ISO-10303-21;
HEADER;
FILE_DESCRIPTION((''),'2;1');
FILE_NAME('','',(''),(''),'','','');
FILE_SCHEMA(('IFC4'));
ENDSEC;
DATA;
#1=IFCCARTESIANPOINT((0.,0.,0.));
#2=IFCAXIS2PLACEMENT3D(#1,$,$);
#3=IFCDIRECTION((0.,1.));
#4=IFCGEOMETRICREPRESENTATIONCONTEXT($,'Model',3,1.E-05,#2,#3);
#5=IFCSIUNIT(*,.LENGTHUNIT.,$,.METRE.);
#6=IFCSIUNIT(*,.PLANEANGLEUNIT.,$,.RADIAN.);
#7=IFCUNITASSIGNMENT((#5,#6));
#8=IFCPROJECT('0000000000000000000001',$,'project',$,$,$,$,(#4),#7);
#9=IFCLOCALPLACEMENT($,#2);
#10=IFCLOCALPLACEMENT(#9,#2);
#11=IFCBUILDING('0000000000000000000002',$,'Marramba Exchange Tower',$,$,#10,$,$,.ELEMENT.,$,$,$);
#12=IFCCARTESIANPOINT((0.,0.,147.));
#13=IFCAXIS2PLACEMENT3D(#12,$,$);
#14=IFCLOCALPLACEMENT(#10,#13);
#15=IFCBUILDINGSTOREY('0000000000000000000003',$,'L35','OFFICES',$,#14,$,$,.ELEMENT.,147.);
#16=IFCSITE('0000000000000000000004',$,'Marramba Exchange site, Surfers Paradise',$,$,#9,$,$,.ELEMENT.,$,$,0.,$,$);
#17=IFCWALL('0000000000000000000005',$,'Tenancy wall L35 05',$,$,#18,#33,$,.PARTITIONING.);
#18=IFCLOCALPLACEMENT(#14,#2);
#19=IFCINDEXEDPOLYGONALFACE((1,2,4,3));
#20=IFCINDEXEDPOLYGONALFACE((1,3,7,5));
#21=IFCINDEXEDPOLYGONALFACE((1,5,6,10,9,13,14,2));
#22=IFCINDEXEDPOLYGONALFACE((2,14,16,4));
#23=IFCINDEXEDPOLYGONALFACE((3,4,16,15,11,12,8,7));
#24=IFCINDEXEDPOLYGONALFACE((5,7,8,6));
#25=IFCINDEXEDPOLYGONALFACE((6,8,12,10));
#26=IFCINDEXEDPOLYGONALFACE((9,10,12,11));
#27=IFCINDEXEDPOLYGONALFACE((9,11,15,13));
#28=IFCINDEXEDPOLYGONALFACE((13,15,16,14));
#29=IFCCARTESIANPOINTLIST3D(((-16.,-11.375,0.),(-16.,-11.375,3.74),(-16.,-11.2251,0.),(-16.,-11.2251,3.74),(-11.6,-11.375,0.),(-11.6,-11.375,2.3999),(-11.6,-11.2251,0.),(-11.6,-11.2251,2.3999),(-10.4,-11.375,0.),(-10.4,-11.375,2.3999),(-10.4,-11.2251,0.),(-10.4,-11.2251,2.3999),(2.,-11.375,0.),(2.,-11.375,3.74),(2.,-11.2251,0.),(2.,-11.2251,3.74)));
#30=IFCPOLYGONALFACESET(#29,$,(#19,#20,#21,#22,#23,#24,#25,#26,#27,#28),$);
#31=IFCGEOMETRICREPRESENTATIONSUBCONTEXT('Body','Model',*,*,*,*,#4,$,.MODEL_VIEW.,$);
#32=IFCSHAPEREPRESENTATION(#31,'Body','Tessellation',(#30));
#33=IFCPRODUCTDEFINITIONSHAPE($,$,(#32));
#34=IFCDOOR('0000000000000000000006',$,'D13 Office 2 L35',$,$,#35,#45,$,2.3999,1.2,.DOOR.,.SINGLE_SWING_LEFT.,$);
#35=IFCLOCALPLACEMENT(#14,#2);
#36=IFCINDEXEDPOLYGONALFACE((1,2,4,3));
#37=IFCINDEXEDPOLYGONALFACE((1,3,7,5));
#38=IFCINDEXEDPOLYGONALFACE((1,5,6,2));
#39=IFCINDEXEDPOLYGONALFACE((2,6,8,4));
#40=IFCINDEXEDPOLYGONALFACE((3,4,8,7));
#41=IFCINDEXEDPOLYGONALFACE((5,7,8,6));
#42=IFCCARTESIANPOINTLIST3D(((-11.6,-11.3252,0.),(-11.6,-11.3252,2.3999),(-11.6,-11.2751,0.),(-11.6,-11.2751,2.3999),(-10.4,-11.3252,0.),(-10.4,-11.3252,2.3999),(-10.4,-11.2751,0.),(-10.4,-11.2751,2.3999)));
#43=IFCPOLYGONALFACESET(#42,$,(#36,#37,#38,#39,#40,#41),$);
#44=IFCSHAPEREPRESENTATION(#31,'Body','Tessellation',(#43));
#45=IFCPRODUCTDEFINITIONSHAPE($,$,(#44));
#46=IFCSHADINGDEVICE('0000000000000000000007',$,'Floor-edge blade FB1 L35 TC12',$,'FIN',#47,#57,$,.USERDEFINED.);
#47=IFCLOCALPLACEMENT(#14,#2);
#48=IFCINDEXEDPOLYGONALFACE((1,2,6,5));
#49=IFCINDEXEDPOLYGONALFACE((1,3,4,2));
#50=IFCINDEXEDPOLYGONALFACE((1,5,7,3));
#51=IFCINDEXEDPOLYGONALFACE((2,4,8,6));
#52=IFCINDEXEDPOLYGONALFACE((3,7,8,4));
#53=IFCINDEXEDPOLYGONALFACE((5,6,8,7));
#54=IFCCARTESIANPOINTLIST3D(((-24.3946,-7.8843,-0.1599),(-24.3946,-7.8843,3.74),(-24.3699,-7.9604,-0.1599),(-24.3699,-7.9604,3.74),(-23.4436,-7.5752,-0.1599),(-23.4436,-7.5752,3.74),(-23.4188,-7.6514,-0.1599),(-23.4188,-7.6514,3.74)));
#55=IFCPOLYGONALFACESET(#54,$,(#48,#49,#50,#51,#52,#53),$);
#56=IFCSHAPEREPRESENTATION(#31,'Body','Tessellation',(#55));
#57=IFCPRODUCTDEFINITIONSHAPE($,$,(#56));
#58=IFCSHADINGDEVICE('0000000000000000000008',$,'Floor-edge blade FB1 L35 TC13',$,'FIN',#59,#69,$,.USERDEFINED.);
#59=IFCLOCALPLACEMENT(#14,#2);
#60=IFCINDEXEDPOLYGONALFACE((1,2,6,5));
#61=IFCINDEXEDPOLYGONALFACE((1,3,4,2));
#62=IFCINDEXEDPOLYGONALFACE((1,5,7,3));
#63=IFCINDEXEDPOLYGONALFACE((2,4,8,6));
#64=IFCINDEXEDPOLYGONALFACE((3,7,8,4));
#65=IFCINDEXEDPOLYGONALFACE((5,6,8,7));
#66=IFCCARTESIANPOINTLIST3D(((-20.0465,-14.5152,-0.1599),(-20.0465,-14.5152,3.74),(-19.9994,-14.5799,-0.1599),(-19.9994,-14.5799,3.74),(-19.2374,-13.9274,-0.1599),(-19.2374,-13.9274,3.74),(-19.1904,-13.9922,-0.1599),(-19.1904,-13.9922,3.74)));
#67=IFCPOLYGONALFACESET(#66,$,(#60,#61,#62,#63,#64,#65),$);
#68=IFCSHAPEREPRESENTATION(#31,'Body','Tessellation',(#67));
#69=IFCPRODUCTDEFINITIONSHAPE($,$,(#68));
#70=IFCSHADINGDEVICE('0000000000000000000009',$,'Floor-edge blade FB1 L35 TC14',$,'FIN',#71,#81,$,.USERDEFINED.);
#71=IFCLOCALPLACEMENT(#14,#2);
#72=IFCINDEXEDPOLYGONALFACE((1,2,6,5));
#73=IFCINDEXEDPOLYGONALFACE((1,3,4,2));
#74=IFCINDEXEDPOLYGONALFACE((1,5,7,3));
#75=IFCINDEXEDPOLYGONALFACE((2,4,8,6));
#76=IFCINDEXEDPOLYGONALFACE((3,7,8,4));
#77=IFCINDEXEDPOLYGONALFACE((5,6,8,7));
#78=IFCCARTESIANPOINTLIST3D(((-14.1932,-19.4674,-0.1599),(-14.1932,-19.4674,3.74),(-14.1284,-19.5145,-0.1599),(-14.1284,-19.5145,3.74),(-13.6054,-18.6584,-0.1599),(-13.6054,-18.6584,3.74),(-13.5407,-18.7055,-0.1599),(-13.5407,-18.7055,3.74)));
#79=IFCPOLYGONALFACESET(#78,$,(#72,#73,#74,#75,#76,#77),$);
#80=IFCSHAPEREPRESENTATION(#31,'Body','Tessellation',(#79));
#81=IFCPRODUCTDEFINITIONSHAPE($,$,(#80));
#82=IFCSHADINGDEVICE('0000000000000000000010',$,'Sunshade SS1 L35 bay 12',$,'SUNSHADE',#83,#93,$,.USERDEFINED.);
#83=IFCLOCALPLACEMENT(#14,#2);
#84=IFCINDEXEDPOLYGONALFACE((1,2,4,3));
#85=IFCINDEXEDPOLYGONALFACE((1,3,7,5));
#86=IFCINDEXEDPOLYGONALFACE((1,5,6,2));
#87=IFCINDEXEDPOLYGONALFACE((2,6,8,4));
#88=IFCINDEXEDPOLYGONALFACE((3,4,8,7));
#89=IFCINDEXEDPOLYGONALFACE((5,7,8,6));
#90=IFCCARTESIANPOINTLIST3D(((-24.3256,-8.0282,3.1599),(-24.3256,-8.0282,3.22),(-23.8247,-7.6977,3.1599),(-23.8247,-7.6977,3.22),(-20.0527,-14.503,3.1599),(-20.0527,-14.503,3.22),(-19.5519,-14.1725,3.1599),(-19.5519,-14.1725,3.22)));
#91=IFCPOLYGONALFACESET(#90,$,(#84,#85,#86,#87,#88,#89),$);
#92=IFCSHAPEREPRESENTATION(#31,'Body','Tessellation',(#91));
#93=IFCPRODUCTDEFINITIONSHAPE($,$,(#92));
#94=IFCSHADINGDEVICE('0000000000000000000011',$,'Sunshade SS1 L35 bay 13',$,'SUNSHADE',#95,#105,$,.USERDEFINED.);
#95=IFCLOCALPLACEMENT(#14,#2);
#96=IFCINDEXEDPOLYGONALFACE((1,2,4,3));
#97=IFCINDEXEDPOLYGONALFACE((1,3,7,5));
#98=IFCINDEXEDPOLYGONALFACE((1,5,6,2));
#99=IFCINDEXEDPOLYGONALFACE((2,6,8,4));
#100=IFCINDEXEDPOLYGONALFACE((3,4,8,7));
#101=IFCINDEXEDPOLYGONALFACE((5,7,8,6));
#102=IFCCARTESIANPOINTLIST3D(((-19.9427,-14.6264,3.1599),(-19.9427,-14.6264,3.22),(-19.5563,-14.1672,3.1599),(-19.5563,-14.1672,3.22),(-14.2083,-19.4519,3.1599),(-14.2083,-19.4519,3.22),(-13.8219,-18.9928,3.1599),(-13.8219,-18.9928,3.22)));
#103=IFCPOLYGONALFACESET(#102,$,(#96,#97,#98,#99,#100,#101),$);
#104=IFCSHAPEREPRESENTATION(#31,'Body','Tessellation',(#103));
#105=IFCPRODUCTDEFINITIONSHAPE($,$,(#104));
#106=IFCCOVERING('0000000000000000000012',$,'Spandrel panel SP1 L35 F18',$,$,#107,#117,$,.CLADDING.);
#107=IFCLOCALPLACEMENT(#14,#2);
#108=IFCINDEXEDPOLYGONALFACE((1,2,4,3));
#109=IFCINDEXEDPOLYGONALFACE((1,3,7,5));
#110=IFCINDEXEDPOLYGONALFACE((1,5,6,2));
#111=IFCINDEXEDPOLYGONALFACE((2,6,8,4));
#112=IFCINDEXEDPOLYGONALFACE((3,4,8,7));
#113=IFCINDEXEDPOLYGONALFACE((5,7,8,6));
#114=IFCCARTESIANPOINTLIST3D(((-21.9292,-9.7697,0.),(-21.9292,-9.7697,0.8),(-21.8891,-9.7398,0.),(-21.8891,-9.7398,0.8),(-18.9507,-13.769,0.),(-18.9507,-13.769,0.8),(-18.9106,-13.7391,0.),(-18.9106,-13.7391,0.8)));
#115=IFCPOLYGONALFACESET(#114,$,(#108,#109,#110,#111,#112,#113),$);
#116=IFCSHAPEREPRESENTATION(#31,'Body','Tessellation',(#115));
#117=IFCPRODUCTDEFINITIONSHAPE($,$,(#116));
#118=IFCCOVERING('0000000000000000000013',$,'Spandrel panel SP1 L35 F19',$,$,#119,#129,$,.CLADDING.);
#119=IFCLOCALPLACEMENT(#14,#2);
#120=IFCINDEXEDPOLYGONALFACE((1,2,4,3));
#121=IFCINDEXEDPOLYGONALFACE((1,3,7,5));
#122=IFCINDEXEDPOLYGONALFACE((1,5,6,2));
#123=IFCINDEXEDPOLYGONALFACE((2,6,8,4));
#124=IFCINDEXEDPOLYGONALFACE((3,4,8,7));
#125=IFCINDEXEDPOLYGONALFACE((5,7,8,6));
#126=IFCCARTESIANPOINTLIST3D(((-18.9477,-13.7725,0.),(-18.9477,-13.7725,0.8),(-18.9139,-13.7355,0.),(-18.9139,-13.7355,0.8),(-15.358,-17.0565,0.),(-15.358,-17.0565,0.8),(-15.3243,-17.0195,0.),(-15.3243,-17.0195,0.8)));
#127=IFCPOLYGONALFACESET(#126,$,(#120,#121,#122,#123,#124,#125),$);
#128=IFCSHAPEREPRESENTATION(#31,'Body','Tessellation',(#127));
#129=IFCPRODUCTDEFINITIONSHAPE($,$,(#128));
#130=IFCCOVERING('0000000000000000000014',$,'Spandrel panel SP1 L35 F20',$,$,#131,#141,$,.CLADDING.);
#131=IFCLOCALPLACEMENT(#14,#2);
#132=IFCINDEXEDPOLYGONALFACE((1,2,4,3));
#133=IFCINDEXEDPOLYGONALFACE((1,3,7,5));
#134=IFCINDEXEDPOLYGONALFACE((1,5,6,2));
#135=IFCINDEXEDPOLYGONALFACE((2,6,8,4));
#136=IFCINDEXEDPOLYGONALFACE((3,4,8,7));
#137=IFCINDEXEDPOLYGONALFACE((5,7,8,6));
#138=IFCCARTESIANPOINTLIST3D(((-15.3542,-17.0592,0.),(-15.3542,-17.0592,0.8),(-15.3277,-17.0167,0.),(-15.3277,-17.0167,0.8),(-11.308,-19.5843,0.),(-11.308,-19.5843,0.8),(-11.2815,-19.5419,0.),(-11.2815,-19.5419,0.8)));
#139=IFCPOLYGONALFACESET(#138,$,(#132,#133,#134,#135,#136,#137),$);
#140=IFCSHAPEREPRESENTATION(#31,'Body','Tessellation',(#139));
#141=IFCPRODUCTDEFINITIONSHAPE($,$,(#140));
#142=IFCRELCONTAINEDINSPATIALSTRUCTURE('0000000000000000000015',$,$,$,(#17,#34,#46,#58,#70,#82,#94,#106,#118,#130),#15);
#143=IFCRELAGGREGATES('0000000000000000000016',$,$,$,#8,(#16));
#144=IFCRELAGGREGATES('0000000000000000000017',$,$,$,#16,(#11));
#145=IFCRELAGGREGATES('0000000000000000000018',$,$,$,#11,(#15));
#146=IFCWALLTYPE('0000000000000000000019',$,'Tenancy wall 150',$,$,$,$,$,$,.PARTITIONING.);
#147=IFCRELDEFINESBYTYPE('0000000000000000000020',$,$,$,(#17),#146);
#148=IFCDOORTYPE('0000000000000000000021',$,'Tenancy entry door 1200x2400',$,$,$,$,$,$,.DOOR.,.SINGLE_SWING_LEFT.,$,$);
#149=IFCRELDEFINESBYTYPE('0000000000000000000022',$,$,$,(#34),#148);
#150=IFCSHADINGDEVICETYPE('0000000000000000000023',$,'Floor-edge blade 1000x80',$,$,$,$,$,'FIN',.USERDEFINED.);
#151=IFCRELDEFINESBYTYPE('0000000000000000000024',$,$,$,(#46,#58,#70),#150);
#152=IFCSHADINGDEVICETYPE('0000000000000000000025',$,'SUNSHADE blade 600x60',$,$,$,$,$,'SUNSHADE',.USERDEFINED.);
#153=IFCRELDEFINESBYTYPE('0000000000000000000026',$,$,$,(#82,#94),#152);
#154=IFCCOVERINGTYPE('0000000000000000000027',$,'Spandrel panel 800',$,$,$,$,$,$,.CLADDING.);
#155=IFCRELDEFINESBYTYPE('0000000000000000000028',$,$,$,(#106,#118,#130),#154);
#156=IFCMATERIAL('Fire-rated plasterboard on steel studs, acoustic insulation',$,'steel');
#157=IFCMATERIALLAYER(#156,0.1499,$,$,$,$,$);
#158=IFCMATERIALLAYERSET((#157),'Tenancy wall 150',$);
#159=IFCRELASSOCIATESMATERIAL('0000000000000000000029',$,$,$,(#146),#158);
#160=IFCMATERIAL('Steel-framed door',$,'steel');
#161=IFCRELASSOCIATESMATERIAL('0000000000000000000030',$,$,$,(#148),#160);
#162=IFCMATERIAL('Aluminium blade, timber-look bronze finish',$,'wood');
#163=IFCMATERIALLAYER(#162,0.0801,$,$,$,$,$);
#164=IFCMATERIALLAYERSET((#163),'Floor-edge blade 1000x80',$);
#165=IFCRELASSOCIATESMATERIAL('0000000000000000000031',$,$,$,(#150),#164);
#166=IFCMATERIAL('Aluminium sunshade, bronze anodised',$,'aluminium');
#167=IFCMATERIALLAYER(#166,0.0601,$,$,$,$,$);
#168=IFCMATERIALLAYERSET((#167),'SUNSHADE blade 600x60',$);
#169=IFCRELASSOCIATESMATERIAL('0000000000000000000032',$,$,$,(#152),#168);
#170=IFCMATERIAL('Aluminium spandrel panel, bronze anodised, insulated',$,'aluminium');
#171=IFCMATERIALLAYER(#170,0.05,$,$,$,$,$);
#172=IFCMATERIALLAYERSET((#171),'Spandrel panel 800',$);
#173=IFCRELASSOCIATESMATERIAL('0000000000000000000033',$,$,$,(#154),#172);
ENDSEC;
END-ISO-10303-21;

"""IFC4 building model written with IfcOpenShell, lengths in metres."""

from ifc_helpers import new_model, si_unit, direction, frame, frame_2d, origin, origin_2d, place, context, subcontext, project, spatial, rectangle, extrude, material, layer, layer_set, type_object, element, fill, save


model = new_model("IFC4")

# Units and contexts
model_context = context("Model", 3, precision=1e-05, world=origin(), true_north=direction((0.0, 1.0)))
body_context = subcontext(model_context, "Body", "Model", "MODEL_VIEW")
ifc_project = project(units=[si_unit("LENGTHUNIT", "METRE"), si_unit("PLANEANGLEUNIT", "RADIAN")], contexts=[model_context])

# Site, building, storey
site_placement = place(None, origin())
site = spatial("IfcSite", under=ifc_project, at=site_placement, Name="Marramba Exchange site, Surfers Paradise", CompositionType="ELEMENT", RefElevation=0.0)
building_placement = place(site_placement, origin())
building = spatial("IfcBuilding", under=site, at=building_placement, Name="Marramba Exchange Tower", CompositionType="ELEMENT")
storey_placement = place(building_placement, frame((0.0, 0.0, 147.0)))
storey = spatial("IfcBuildingStorey", under=building, at=storey_placement, Name="L35", Description="OFFICES", CompositionType="ELEMENT", Elevation=147.0)

# Wall, opening, door
ifc_material_1 = material(Name="Fire-rated plasterboard on steel studs, acoustic insulation", Category="steel")
ifc_layer_1 = layer(ifc_material_1, 0.1499)
ifc_layer_set_1 = layer_set([ifc_layer_1], Name="Tenancy wall 150")
wall_type = type_object("IfcWallType", Name="Tenancy wall 150", PredefinedType="PARTITIONING", material=ifc_layer_set_1)
wall_placement = place(storey_placement, frame((-16.0, -11.3, 0.0), z_axis=(0.0, 0.0, 1.0), x_axis=(1.0, 0.0, 0.0)))
wall = element("IfcWall", 1, at=wall_placement, inside=storey, type_object=wall_type, Name="Tenancy wall L35 05", PredefinedType="PARTITIONING", context=body_context, shape_type="SweptSolid", body=[
    extrude(rectangle(XDim=18.0, YDim=0.1499, at=frame_2d((9.0, 0.0))), origin(), (0.0, 0.0, 1.0), 3.74),
])
opening_placement = place(wall_placement, frame((4.3999, 0.0, 0.0)))
opening = element("IfcOpeningElement", 2, at=opening_placement, cuts=wall, PredefinedType="OPENING", context=body_context, shape_type="SweptSolid", body=[
    extrude(rectangle(XDim=1.2, YDim=2.3999, at=frame_2d((0.6001, 1.2))), frame((0.0, 0.085, 0.0), z_axis=(0.0, -1.0, 0.0), x_axis=(1.0, 0.0, 0.0)), (0.0, 0.0, 1.0), 0.1699),
])
ifc_material_2 = material(Name="Steel-framed door", Category="steel")
door_type = type_object("IfcDoorType", Name="Tenancy entry door 1200x2400", OperationType="SINGLE_SWING_LEFT", PredefinedType="DOOR", material=ifc_material_2)
door_placement = place(opening_placement, origin())
door = element("IfcDoor", 3, at=door_placement, inside=storey, type_object=door_type, Name="D13 Office 2 L35", OperationType="SINGLE_SWING_LEFT", OverallHeight=2.3999, OverallWidth=1.2, PredefinedType="DOOR", context=body_context, shape_type="SweptSolid", body=[
    extrude(rectangle(XDim=1.2, YDim=2.3999, at=frame_2d((0.6001, 1.2))), frame((0.0, 0.0249, 0.0), z_axis=(0.0, -1.0, 0.0), x_axis=(1.0, 0.0, 0.0)), (0.0, 0.0, 1.0), 0.05),
])
fill(opening, door)

# Shading devices
ifc_material_3 = material(Name="Aluminium blade, timber-look bronze finish", Category="wood")
ifc_layer_2 = layer(ifc_material_3, 0.0801)
ifc_layer_set_2 = layer_set([ifc_layer_2], Name="Floor-edge blade 1000x80")
shading_device_type_1 = type_object("IfcShadingDeviceType", Name="Floor-edge blade 1000x80", ElementType="FIN", PredefinedType="USERDEFINED", material=ifc_layer_set_2)
for number, where, z_axis, x_axis, name in (
    (4, (-23.9067, -7.7678, -0.1599), (0.0, 0.0, 1.0), (-0.951057, -0.309017, 0.0), "Floor-edge blade FB1 L35 TC12"),
    (5, (-19.6184, -14.2537, -0.1599), (0.0, 0.0, 1.0), (-0.809017, -0.587785, 0.0), "Floor-edge blade FB1 L35 TC13"),
    (6, (-13.8669, -19.0864, -0.1599), (0.0, 0.0, 1.0), (-0.587785, -0.809017, 0.0), "Floor-edge blade FB1 L35 TC14"),
):
    element("IfcShadingDevice", number, at=place(storey_placement, frame(where, z_axis=z_axis, x_axis=x_axis)), inside=storey, type_object=shading_device_type_1, Name=name, ObjectType="FIN", PredefinedType="USERDEFINED", context=body_context, shape_type="SweptSolid", body=[
        extrude(rectangle(XDim=1.0, YDim=0.0801, at=origin_2d()), origin(), (0.0, 0.0, 1.0), 3.8999),
    ])
ifc_material_4 = material(Name="Aluminium sunshade, bronze anodised", Category="aluminium")
ifc_layer_3 = layer(ifc_material_4, 0.0601)
ifc_layer_set_3 = layer_set([ifc_layer_3], Name="SUNSHADE blade 600x60")
shading_device_type_2 = type_object("IfcShadingDeviceType", Name="SUNSHADE blade 600x60", ElementType="SUNSHADE", PredefinedType="USERDEFINED", material=ifc_layer_set_3)
shading_device_1_placement = place(storey_placement, frame((-21.9387, -11.1003, 3.1599), z_axis=(0.0, 0.0, 1.0), x_axis=(0.550792, -0.834642, 0.0)))
element("IfcShadingDevice", 7, at=shading_device_1_placement, inside=storey, type_object=shading_device_type_2, Name="Sunshade SS1 L35 bay 12", ObjectType="SUNSHADE", PredefinedType="USERDEFINED", context=body_context, shape_type="SweptSolid", body=[
    extrude(rectangle(XDim=7.7576, YDim=0.6001, at=origin_2d()), origin(), (0.0, 0.0, 1.0), 0.0601),
])
shading_device_2_placement = place(storey_placement, frame((-16.8823, -16.8096, 3.1599), z_axis=(0.0, 0.0, 1.0), x_axis=(0.765139, -0.643866, 0.0)))
element("IfcShadingDevice", 8, at=shading_device_2_placement, inside=storey, type_object=shading_device_type_2, Name="Sunshade SS1 L35 bay 13", ObjectType="SUNSHADE", PredefinedType="USERDEFINED", context=body_context, shape_type="SweptSolid", body=[
    extrude(rectangle(XDim=7.4946, YDim=0.6001, at=origin_2d()), origin(), (0.0, 0.0, 1.0), 0.0601),
])

# Coverings
ifc_material_5 = material(Name="Aluminium spandrel panel, bronze anodised, insulated", Category="aluminium")
ifc_layer_4 = layer(ifc_material_5, 0.05)
ifc_layer_set_4 = layer_set([ifc_layer_4], Name="Spandrel panel 800")
covering_type = type_object("IfcCoveringType", Name="Spandrel panel 800", PredefinedType="CLADDING", material=ifc_layer_set_4)
covering_1_placement = place(storey_placement, frame((-20.4199, -11.7544, 0.0), z_axis=(0.0, 0.0, 1.0), x_axis=(0.597305, -0.802014, 0.0)))
element("IfcCovering", 9, at=covering_1_placement, inside=storey, type_object=covering_type, Name="Spandrel panel SP1 L35 F18", PredefinedType="CLADDING", context=body_context, shape_type="SweptSolid", body=[
    extrude(rectangle(XDim=4.9866, YDim=0.05, at=origin_2d()), origin(), (0.0, 0.0, 1.0), 0.8),
])
covering_2_placement = place(storey_placement, frame((-17.136, -15.396, 0.0), z_axis=(0.0, 0.0, 1.0), x_axis=(0.737822, -0.674995, 0.0)))
element("IfcCovering", 10, at=covering_2_placement, inside=storey, type_object=covering_type, Name="Spandrel panel SP1 L35 F19", PredefinedType="CLADDING", context=body_context, shape_type="SweptSolid", body=[
    extrude(rectangle(XDim=4.8652, YDim=0.05, at=origin_2d()), origin(), (0.0, 0.0, 1.0), 0.8),
])
covering_3_placement = place(storey_placement, frame((-13.3179, -18.3005, 0.0), z_axis=(0.0, 0.0, 1.0), x_axis=(0.848355, -0.529428, 0.0)))
element("IfcCovering", 11, at=covering_3_placement, inside=storey, type_object=covering_type, Name="Spandrel panel SP1 L35 F20", PredefinedType="CLADDING", context=body_context, shape_type="SweptSolid", body=[
    extrude(rectangle(XDim=4.7695, YDim=0.05, at=origin_2d()), origin(), (0.0, 0.0, 1.0), 0.8),
])

save(model, "model.ifc")
